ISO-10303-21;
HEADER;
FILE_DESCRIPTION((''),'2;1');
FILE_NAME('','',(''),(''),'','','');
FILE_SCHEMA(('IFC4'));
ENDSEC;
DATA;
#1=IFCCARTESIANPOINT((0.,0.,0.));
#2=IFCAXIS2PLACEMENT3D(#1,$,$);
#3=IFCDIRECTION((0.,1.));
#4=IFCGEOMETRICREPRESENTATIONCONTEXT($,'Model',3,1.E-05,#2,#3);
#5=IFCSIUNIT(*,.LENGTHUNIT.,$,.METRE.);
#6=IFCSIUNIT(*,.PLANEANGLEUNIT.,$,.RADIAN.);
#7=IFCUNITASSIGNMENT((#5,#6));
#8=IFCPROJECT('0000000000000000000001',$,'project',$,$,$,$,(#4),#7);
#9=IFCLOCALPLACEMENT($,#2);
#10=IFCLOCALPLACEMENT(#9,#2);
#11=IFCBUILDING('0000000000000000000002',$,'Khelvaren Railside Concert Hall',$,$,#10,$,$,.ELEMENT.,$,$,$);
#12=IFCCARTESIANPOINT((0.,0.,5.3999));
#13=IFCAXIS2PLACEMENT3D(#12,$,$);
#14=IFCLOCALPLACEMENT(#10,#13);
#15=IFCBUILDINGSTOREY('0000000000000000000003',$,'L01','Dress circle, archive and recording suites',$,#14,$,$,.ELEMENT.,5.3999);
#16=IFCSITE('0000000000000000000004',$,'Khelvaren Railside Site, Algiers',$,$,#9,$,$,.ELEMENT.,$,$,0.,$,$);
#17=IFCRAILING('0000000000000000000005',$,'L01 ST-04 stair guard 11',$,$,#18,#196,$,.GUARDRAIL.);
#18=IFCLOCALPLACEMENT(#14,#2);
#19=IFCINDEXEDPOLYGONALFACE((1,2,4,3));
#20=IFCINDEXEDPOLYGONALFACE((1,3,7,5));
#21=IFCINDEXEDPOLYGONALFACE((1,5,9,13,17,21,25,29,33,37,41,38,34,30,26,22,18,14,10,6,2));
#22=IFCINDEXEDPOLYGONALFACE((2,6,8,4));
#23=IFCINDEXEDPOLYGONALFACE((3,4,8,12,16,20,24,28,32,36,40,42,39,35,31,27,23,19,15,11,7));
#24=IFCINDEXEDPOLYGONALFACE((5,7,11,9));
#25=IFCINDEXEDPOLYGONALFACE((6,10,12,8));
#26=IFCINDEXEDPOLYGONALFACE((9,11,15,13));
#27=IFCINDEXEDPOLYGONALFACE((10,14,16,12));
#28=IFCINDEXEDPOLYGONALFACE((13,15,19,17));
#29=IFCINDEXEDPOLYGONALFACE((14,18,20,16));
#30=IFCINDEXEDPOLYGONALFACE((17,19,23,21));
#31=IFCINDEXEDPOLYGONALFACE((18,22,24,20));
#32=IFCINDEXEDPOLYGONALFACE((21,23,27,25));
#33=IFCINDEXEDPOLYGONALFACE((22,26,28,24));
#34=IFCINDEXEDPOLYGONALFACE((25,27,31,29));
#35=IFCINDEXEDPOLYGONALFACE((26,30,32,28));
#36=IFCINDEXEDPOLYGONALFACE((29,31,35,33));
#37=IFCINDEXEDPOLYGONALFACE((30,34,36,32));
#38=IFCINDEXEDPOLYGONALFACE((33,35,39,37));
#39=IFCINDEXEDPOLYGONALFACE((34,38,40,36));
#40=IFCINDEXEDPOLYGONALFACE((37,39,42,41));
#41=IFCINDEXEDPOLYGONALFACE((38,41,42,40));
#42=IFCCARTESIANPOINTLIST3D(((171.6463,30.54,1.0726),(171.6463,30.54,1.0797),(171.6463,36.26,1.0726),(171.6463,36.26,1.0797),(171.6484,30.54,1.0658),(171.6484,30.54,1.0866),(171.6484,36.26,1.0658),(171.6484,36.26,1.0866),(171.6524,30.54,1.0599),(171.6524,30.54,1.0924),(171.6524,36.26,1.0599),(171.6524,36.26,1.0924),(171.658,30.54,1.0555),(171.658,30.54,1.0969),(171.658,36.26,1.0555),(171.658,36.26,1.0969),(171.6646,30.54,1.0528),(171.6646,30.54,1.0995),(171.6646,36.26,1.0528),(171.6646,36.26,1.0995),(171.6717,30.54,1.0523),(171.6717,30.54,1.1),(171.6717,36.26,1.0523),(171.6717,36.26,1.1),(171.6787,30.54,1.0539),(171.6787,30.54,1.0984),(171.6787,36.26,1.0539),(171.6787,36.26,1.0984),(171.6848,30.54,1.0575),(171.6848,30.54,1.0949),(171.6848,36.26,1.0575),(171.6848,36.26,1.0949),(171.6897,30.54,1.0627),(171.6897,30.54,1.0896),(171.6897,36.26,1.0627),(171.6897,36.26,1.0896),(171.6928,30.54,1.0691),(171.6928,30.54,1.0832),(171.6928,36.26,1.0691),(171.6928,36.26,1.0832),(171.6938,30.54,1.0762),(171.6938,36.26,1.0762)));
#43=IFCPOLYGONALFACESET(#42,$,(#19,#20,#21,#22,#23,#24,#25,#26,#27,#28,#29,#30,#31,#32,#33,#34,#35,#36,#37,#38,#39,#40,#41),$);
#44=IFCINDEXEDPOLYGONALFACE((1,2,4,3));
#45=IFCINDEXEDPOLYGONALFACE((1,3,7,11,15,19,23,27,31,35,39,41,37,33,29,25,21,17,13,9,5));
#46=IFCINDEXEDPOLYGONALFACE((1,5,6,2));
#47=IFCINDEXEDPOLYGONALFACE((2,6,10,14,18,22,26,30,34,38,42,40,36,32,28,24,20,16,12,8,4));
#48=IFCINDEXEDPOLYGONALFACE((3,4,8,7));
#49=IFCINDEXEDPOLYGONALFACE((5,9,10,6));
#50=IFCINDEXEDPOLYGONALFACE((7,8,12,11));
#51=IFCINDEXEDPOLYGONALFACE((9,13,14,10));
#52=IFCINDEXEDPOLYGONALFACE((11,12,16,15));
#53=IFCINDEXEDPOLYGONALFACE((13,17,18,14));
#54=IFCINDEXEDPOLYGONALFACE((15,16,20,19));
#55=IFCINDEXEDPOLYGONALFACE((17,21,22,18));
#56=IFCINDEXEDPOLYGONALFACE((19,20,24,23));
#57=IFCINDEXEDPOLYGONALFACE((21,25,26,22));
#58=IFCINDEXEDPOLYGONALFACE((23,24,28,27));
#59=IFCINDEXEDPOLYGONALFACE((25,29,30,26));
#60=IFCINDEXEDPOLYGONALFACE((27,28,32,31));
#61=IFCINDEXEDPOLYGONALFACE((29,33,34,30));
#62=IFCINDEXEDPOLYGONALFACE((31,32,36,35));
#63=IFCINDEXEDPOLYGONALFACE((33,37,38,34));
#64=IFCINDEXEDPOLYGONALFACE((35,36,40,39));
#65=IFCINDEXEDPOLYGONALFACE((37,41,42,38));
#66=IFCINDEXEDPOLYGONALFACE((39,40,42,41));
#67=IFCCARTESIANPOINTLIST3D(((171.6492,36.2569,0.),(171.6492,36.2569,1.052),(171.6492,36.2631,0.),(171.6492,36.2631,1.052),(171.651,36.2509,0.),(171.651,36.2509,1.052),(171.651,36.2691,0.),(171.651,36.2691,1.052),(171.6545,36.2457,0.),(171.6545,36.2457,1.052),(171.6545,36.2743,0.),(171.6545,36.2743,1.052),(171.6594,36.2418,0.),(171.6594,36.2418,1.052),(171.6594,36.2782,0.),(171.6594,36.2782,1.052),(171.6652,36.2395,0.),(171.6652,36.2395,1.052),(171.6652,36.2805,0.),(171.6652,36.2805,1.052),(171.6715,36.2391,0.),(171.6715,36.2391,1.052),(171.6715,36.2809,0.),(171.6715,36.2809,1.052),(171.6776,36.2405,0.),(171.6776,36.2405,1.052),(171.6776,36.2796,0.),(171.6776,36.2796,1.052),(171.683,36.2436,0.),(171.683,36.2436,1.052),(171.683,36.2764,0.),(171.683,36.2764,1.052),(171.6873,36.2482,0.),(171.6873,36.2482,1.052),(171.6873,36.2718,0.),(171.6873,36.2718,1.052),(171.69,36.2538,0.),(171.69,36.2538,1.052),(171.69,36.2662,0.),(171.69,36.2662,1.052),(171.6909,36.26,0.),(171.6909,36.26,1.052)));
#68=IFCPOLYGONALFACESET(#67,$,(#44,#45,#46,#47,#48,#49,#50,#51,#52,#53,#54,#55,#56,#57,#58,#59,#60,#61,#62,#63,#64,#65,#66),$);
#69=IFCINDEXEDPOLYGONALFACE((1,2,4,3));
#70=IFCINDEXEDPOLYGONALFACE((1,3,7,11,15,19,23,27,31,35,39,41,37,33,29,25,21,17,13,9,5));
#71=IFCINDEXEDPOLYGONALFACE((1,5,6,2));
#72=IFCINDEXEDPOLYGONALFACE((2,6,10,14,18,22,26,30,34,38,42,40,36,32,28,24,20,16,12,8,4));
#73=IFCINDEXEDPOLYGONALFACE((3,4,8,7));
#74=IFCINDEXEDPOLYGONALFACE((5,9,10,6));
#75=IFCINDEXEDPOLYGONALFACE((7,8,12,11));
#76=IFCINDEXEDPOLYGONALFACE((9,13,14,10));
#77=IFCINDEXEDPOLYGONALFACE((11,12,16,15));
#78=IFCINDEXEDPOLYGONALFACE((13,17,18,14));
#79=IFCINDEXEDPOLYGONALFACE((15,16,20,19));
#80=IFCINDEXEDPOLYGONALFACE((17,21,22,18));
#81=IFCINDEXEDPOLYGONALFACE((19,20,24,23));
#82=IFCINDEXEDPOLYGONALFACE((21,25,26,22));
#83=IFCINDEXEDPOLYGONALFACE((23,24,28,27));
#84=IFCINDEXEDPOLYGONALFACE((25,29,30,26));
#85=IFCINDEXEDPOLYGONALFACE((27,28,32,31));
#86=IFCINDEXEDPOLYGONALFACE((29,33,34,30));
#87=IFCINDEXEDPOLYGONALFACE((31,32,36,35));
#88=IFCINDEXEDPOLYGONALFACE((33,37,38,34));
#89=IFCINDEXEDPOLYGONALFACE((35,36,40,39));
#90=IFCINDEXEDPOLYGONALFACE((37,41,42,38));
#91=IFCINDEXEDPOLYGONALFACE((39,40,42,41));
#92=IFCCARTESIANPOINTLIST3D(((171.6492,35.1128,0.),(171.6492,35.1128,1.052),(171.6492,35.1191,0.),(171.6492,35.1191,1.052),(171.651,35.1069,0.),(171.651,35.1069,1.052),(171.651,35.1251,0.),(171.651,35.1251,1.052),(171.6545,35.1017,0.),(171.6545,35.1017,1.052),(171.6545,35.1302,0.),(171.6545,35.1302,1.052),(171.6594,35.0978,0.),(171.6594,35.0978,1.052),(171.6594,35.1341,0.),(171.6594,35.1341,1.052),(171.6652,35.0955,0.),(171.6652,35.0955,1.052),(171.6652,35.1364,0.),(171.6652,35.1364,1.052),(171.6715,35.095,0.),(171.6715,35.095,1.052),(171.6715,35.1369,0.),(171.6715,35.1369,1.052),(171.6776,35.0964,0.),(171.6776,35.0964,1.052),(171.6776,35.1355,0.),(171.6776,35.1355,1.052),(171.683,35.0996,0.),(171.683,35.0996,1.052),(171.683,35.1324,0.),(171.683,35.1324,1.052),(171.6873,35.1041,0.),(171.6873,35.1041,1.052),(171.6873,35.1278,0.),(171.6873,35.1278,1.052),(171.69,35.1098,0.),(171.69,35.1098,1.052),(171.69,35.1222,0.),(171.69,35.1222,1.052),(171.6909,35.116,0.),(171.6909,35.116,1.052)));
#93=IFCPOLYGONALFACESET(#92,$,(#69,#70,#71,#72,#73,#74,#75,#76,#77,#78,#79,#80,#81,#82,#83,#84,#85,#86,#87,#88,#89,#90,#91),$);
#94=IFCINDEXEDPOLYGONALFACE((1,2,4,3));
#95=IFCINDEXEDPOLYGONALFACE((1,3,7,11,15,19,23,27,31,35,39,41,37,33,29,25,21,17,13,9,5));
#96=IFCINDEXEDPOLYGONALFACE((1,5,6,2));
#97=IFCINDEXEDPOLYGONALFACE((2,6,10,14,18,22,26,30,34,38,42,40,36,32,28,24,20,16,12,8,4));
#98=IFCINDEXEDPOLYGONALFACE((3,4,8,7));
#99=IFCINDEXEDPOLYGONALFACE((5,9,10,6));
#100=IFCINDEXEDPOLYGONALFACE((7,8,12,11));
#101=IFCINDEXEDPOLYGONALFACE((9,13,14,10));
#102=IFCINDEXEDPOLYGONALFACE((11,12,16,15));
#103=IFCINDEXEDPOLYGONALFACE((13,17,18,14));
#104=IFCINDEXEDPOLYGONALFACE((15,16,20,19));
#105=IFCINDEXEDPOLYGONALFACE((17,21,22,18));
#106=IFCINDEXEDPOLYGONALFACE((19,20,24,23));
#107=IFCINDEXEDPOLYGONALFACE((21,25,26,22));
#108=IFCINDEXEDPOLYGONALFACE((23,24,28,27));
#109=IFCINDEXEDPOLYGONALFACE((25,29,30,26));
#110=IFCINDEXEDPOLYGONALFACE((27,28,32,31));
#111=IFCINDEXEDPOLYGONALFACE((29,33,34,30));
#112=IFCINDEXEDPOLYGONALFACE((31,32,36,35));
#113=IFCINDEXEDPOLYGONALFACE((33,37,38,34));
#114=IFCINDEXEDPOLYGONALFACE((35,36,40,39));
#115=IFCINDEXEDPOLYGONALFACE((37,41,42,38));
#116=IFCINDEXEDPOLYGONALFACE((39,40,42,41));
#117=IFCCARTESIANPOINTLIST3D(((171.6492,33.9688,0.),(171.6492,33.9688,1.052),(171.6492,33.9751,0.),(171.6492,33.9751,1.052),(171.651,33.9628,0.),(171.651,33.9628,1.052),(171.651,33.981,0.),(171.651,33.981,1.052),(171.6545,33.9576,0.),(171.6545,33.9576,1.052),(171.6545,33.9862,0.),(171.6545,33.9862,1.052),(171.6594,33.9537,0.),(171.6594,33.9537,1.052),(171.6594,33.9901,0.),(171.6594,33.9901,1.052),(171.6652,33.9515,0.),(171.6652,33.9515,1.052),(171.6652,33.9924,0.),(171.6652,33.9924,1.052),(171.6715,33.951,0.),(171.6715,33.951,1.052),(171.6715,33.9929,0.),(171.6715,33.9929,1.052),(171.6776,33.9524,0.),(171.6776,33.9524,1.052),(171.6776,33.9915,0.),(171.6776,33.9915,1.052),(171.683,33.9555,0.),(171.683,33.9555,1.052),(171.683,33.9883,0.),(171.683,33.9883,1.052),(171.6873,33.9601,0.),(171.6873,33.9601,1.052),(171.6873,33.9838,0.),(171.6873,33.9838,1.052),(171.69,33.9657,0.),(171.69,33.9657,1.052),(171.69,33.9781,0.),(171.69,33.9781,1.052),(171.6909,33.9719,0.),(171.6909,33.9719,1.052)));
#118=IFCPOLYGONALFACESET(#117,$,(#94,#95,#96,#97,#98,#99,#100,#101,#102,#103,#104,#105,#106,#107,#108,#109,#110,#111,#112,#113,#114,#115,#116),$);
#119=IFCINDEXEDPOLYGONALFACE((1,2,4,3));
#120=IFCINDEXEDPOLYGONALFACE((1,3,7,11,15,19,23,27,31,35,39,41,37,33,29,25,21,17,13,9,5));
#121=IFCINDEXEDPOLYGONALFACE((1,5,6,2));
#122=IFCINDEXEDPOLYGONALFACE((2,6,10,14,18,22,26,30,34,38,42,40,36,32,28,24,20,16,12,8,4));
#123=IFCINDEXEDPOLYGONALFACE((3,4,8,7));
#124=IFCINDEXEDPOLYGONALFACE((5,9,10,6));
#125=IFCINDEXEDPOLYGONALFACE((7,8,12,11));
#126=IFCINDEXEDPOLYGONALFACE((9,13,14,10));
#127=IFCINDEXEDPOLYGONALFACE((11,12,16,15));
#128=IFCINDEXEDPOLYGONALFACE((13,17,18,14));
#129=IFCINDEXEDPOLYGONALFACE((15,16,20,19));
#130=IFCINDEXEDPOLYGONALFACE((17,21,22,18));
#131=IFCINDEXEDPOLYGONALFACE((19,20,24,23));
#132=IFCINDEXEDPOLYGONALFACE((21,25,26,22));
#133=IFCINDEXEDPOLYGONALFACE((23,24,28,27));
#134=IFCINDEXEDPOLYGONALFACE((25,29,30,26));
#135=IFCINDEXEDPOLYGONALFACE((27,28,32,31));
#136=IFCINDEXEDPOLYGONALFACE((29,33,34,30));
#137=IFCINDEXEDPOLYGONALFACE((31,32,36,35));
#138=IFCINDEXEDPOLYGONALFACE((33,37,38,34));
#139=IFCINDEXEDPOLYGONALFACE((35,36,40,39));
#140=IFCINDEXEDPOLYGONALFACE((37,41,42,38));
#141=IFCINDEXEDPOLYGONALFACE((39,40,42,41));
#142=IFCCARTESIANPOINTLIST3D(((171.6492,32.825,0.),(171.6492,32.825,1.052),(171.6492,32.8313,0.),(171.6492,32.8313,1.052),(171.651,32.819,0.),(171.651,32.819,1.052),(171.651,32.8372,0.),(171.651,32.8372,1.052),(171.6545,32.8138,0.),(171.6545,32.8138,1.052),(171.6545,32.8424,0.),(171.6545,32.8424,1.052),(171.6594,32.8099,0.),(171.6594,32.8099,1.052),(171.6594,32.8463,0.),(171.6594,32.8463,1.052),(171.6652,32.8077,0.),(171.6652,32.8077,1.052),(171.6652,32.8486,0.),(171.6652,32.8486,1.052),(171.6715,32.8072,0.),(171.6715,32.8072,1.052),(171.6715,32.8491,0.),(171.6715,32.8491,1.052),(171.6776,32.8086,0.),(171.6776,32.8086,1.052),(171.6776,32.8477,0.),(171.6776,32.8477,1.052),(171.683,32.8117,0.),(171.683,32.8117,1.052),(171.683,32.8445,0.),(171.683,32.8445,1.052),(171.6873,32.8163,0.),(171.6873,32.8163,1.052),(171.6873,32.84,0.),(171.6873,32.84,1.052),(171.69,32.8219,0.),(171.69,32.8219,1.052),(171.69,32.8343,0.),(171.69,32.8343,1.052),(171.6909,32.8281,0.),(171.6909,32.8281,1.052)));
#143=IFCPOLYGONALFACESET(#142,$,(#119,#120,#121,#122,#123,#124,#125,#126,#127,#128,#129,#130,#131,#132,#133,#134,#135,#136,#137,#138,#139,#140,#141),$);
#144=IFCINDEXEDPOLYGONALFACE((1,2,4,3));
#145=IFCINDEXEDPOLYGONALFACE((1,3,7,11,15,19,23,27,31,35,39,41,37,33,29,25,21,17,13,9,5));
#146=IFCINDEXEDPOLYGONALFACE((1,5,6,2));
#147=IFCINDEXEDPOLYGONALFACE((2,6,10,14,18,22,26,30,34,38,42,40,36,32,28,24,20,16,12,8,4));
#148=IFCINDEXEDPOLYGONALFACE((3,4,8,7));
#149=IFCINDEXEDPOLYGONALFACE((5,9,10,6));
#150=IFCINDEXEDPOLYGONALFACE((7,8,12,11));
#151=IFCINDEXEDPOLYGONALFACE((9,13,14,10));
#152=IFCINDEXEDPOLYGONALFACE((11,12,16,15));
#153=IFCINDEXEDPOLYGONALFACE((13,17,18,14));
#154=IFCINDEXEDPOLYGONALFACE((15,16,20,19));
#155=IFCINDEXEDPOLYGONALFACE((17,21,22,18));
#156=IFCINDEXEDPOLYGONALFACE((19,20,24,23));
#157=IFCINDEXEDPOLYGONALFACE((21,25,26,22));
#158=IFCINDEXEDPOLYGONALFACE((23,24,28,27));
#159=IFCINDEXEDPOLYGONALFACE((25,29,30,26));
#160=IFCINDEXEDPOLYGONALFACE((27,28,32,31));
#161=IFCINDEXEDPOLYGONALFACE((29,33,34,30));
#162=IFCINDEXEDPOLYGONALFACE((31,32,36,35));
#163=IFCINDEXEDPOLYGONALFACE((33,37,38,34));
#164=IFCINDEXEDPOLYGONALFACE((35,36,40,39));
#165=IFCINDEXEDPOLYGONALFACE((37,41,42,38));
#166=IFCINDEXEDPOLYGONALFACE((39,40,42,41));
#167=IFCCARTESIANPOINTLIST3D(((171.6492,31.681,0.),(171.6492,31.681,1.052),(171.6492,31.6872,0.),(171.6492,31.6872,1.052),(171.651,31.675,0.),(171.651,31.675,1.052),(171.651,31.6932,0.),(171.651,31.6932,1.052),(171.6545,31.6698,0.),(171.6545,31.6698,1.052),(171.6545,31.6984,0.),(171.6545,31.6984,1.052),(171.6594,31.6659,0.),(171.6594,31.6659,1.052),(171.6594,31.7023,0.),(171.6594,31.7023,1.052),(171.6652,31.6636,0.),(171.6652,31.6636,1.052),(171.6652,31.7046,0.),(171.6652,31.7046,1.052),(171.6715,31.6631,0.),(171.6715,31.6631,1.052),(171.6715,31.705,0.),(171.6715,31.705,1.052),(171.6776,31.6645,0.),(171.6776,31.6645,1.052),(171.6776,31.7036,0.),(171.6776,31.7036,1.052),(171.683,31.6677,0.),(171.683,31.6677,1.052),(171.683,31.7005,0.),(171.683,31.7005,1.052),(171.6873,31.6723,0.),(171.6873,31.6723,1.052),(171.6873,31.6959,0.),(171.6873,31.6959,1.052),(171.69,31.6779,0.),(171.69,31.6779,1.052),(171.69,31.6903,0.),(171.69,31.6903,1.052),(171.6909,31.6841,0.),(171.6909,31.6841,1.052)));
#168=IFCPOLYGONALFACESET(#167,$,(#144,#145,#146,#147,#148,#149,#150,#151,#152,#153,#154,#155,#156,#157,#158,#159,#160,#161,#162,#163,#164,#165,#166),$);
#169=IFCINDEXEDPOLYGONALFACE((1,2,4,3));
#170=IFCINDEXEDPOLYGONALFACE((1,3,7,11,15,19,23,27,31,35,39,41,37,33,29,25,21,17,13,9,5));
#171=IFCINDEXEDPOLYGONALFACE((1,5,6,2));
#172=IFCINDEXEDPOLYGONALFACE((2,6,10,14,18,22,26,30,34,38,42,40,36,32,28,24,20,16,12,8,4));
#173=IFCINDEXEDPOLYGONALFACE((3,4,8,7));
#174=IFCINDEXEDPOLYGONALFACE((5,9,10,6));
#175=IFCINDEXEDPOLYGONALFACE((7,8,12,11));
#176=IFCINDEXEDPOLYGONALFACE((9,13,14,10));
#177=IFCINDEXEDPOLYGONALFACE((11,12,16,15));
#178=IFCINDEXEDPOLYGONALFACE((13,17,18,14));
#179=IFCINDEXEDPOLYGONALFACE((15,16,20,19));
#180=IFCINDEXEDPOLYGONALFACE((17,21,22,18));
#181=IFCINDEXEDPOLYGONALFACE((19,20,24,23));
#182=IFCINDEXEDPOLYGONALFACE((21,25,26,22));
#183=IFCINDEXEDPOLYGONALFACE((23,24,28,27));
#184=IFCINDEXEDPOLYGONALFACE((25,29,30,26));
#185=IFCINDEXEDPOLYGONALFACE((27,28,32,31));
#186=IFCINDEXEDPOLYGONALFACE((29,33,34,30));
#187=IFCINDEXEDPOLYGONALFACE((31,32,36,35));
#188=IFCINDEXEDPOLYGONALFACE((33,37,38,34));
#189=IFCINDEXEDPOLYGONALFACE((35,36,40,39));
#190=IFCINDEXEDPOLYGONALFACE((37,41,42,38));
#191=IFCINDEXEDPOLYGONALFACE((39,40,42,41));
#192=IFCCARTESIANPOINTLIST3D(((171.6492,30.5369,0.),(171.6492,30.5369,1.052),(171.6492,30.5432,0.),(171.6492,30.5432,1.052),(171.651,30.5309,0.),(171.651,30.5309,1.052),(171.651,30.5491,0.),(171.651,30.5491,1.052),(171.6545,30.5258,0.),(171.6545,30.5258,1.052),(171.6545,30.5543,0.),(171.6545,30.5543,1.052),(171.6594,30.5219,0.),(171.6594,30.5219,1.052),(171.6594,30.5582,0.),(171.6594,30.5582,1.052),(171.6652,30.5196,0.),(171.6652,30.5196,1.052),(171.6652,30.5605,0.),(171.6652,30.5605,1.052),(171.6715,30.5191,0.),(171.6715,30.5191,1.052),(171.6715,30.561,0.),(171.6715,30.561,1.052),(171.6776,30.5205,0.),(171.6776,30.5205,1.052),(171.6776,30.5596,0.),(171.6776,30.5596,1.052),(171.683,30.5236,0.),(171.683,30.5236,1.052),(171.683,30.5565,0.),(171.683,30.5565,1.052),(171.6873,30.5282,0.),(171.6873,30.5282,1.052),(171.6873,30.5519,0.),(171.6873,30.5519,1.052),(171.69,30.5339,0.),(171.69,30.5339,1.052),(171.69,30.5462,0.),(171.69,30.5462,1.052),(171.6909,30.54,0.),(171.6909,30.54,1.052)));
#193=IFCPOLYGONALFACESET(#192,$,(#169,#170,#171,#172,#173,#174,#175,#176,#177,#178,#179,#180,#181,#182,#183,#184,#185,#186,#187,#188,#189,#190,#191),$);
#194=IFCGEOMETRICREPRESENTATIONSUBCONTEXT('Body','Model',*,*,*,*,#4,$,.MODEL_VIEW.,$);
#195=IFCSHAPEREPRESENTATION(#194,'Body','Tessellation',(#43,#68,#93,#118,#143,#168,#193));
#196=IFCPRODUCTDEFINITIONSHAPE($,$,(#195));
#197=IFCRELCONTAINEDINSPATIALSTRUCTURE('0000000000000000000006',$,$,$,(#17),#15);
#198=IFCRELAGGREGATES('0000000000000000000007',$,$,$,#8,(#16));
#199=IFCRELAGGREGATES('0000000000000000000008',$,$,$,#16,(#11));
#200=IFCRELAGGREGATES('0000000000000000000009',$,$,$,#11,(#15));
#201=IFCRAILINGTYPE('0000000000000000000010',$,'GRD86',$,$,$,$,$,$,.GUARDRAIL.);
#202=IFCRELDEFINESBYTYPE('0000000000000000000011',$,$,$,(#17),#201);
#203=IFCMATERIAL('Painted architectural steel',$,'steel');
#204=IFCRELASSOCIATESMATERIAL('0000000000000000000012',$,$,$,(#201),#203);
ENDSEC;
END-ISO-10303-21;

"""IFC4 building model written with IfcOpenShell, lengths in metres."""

from ifc_helpers import new_model, si_unit, direction, frame, origin, origin_2d, place, context, subcontext, project, spatial, circle, extrude, material, type_object, element, save


model = new_model("IFC4")

# Units and contexts
model_context = context("Model", 3, precision=1e-05, world=origin(), true_north=direction((0.0, 1.0)))
body_context = subcontext(model_context, "Body", "Model", "MODEL_VIEW")
ifc_project = project(units=[si_unit("LENGTHUNIT", "METRE"), si_unit("PLANEANGLEUNIT", "RADIAN")], contexts=[model_context])

# Site, building, storey
site_placement = place(None, origin())
site = spatial("IfcSite", under=ifc_project, at=site_placement, Name="Khelvaren Railside Site, Algiers", CompositionType="ELEMENT", RefElevation=0.0)
building_placement = place(site_placement, origin())
building = spatial("IfcBuilding", under=site, at=building_placement, Name="Khelvaren Railside Concert Hall", CompositionType="ELEMENT")
storey_placement = place(building_placement, frame((0.0, 0.0, 5.3999)))
storey = spatial("IfcBuildingStorey", under=building, at=storey_placement, Name="L01", Description="Dress circle, archive and recording suites", CompositionType="ELEMENT", Elevation=5.3999)

# Railing
ifc_material_1 = material(Name="Painted architectural steel", Category="steel")
railing_type_1 = type_object("IfcRailingType", Name="GRD86", PredefinedType="GUARDRAIL", material=ifc_material_1)
railing_1_placement = place(storey_placement, frame((171.6699, 36.26, 0.0)))
element("IfcRailing", 1, at=railing_1_placement, inside=storey, type_object=railing_type_1, Name="L01 ST-04 stair guard 11", PredefinedType="GUARDRAIL", context=body_context, shape_type="SweptSolid", body=[
    extrude(circle(Radius=0.0239, at=origin_2d()), frame((0.0, 0.0, 1.0762), z_axis=(0.0, -1.0, 0.0), x_axis=(1.0, 0.0, 0.0)), (0.0, 0.0, 1.0), 5.72),
    extrude(circle(Radius=0.021, at=origin_2d()), origin(), (0.0, 0.0, 1.0), 1.052),
    extrude(circle(Radius=0.021, at=origin_2d()), frame((0.0, -1.144, 0.0)), (0.0, 0.0, 1.0), 1.052),
    extrude(circle(Radius=0.021, at=origin_2d()), frame((0.0, -2.2881, 0.0)), (0.0, 0.0, 1.0), 1.052),
    extrude(circle(Radius=0.021, at=origin_2d()), frame((0.0, -3.4319, 0.0)), (0.0, 0.0, 1.0), 1.052),
    extrude(circle(Radius=0.021, at=origin_2d()), frame((0.0, -4.5759, 0.0)), (0.0, 0.0, 1.0), 1.052),
    extrude(circle(Radius=0.021, at=origin_2d()), frame((0.0, -5.72, 0.0)), (0.0, 0.0, 1.0), 1.052),
])

save(model, "model.ifc")
